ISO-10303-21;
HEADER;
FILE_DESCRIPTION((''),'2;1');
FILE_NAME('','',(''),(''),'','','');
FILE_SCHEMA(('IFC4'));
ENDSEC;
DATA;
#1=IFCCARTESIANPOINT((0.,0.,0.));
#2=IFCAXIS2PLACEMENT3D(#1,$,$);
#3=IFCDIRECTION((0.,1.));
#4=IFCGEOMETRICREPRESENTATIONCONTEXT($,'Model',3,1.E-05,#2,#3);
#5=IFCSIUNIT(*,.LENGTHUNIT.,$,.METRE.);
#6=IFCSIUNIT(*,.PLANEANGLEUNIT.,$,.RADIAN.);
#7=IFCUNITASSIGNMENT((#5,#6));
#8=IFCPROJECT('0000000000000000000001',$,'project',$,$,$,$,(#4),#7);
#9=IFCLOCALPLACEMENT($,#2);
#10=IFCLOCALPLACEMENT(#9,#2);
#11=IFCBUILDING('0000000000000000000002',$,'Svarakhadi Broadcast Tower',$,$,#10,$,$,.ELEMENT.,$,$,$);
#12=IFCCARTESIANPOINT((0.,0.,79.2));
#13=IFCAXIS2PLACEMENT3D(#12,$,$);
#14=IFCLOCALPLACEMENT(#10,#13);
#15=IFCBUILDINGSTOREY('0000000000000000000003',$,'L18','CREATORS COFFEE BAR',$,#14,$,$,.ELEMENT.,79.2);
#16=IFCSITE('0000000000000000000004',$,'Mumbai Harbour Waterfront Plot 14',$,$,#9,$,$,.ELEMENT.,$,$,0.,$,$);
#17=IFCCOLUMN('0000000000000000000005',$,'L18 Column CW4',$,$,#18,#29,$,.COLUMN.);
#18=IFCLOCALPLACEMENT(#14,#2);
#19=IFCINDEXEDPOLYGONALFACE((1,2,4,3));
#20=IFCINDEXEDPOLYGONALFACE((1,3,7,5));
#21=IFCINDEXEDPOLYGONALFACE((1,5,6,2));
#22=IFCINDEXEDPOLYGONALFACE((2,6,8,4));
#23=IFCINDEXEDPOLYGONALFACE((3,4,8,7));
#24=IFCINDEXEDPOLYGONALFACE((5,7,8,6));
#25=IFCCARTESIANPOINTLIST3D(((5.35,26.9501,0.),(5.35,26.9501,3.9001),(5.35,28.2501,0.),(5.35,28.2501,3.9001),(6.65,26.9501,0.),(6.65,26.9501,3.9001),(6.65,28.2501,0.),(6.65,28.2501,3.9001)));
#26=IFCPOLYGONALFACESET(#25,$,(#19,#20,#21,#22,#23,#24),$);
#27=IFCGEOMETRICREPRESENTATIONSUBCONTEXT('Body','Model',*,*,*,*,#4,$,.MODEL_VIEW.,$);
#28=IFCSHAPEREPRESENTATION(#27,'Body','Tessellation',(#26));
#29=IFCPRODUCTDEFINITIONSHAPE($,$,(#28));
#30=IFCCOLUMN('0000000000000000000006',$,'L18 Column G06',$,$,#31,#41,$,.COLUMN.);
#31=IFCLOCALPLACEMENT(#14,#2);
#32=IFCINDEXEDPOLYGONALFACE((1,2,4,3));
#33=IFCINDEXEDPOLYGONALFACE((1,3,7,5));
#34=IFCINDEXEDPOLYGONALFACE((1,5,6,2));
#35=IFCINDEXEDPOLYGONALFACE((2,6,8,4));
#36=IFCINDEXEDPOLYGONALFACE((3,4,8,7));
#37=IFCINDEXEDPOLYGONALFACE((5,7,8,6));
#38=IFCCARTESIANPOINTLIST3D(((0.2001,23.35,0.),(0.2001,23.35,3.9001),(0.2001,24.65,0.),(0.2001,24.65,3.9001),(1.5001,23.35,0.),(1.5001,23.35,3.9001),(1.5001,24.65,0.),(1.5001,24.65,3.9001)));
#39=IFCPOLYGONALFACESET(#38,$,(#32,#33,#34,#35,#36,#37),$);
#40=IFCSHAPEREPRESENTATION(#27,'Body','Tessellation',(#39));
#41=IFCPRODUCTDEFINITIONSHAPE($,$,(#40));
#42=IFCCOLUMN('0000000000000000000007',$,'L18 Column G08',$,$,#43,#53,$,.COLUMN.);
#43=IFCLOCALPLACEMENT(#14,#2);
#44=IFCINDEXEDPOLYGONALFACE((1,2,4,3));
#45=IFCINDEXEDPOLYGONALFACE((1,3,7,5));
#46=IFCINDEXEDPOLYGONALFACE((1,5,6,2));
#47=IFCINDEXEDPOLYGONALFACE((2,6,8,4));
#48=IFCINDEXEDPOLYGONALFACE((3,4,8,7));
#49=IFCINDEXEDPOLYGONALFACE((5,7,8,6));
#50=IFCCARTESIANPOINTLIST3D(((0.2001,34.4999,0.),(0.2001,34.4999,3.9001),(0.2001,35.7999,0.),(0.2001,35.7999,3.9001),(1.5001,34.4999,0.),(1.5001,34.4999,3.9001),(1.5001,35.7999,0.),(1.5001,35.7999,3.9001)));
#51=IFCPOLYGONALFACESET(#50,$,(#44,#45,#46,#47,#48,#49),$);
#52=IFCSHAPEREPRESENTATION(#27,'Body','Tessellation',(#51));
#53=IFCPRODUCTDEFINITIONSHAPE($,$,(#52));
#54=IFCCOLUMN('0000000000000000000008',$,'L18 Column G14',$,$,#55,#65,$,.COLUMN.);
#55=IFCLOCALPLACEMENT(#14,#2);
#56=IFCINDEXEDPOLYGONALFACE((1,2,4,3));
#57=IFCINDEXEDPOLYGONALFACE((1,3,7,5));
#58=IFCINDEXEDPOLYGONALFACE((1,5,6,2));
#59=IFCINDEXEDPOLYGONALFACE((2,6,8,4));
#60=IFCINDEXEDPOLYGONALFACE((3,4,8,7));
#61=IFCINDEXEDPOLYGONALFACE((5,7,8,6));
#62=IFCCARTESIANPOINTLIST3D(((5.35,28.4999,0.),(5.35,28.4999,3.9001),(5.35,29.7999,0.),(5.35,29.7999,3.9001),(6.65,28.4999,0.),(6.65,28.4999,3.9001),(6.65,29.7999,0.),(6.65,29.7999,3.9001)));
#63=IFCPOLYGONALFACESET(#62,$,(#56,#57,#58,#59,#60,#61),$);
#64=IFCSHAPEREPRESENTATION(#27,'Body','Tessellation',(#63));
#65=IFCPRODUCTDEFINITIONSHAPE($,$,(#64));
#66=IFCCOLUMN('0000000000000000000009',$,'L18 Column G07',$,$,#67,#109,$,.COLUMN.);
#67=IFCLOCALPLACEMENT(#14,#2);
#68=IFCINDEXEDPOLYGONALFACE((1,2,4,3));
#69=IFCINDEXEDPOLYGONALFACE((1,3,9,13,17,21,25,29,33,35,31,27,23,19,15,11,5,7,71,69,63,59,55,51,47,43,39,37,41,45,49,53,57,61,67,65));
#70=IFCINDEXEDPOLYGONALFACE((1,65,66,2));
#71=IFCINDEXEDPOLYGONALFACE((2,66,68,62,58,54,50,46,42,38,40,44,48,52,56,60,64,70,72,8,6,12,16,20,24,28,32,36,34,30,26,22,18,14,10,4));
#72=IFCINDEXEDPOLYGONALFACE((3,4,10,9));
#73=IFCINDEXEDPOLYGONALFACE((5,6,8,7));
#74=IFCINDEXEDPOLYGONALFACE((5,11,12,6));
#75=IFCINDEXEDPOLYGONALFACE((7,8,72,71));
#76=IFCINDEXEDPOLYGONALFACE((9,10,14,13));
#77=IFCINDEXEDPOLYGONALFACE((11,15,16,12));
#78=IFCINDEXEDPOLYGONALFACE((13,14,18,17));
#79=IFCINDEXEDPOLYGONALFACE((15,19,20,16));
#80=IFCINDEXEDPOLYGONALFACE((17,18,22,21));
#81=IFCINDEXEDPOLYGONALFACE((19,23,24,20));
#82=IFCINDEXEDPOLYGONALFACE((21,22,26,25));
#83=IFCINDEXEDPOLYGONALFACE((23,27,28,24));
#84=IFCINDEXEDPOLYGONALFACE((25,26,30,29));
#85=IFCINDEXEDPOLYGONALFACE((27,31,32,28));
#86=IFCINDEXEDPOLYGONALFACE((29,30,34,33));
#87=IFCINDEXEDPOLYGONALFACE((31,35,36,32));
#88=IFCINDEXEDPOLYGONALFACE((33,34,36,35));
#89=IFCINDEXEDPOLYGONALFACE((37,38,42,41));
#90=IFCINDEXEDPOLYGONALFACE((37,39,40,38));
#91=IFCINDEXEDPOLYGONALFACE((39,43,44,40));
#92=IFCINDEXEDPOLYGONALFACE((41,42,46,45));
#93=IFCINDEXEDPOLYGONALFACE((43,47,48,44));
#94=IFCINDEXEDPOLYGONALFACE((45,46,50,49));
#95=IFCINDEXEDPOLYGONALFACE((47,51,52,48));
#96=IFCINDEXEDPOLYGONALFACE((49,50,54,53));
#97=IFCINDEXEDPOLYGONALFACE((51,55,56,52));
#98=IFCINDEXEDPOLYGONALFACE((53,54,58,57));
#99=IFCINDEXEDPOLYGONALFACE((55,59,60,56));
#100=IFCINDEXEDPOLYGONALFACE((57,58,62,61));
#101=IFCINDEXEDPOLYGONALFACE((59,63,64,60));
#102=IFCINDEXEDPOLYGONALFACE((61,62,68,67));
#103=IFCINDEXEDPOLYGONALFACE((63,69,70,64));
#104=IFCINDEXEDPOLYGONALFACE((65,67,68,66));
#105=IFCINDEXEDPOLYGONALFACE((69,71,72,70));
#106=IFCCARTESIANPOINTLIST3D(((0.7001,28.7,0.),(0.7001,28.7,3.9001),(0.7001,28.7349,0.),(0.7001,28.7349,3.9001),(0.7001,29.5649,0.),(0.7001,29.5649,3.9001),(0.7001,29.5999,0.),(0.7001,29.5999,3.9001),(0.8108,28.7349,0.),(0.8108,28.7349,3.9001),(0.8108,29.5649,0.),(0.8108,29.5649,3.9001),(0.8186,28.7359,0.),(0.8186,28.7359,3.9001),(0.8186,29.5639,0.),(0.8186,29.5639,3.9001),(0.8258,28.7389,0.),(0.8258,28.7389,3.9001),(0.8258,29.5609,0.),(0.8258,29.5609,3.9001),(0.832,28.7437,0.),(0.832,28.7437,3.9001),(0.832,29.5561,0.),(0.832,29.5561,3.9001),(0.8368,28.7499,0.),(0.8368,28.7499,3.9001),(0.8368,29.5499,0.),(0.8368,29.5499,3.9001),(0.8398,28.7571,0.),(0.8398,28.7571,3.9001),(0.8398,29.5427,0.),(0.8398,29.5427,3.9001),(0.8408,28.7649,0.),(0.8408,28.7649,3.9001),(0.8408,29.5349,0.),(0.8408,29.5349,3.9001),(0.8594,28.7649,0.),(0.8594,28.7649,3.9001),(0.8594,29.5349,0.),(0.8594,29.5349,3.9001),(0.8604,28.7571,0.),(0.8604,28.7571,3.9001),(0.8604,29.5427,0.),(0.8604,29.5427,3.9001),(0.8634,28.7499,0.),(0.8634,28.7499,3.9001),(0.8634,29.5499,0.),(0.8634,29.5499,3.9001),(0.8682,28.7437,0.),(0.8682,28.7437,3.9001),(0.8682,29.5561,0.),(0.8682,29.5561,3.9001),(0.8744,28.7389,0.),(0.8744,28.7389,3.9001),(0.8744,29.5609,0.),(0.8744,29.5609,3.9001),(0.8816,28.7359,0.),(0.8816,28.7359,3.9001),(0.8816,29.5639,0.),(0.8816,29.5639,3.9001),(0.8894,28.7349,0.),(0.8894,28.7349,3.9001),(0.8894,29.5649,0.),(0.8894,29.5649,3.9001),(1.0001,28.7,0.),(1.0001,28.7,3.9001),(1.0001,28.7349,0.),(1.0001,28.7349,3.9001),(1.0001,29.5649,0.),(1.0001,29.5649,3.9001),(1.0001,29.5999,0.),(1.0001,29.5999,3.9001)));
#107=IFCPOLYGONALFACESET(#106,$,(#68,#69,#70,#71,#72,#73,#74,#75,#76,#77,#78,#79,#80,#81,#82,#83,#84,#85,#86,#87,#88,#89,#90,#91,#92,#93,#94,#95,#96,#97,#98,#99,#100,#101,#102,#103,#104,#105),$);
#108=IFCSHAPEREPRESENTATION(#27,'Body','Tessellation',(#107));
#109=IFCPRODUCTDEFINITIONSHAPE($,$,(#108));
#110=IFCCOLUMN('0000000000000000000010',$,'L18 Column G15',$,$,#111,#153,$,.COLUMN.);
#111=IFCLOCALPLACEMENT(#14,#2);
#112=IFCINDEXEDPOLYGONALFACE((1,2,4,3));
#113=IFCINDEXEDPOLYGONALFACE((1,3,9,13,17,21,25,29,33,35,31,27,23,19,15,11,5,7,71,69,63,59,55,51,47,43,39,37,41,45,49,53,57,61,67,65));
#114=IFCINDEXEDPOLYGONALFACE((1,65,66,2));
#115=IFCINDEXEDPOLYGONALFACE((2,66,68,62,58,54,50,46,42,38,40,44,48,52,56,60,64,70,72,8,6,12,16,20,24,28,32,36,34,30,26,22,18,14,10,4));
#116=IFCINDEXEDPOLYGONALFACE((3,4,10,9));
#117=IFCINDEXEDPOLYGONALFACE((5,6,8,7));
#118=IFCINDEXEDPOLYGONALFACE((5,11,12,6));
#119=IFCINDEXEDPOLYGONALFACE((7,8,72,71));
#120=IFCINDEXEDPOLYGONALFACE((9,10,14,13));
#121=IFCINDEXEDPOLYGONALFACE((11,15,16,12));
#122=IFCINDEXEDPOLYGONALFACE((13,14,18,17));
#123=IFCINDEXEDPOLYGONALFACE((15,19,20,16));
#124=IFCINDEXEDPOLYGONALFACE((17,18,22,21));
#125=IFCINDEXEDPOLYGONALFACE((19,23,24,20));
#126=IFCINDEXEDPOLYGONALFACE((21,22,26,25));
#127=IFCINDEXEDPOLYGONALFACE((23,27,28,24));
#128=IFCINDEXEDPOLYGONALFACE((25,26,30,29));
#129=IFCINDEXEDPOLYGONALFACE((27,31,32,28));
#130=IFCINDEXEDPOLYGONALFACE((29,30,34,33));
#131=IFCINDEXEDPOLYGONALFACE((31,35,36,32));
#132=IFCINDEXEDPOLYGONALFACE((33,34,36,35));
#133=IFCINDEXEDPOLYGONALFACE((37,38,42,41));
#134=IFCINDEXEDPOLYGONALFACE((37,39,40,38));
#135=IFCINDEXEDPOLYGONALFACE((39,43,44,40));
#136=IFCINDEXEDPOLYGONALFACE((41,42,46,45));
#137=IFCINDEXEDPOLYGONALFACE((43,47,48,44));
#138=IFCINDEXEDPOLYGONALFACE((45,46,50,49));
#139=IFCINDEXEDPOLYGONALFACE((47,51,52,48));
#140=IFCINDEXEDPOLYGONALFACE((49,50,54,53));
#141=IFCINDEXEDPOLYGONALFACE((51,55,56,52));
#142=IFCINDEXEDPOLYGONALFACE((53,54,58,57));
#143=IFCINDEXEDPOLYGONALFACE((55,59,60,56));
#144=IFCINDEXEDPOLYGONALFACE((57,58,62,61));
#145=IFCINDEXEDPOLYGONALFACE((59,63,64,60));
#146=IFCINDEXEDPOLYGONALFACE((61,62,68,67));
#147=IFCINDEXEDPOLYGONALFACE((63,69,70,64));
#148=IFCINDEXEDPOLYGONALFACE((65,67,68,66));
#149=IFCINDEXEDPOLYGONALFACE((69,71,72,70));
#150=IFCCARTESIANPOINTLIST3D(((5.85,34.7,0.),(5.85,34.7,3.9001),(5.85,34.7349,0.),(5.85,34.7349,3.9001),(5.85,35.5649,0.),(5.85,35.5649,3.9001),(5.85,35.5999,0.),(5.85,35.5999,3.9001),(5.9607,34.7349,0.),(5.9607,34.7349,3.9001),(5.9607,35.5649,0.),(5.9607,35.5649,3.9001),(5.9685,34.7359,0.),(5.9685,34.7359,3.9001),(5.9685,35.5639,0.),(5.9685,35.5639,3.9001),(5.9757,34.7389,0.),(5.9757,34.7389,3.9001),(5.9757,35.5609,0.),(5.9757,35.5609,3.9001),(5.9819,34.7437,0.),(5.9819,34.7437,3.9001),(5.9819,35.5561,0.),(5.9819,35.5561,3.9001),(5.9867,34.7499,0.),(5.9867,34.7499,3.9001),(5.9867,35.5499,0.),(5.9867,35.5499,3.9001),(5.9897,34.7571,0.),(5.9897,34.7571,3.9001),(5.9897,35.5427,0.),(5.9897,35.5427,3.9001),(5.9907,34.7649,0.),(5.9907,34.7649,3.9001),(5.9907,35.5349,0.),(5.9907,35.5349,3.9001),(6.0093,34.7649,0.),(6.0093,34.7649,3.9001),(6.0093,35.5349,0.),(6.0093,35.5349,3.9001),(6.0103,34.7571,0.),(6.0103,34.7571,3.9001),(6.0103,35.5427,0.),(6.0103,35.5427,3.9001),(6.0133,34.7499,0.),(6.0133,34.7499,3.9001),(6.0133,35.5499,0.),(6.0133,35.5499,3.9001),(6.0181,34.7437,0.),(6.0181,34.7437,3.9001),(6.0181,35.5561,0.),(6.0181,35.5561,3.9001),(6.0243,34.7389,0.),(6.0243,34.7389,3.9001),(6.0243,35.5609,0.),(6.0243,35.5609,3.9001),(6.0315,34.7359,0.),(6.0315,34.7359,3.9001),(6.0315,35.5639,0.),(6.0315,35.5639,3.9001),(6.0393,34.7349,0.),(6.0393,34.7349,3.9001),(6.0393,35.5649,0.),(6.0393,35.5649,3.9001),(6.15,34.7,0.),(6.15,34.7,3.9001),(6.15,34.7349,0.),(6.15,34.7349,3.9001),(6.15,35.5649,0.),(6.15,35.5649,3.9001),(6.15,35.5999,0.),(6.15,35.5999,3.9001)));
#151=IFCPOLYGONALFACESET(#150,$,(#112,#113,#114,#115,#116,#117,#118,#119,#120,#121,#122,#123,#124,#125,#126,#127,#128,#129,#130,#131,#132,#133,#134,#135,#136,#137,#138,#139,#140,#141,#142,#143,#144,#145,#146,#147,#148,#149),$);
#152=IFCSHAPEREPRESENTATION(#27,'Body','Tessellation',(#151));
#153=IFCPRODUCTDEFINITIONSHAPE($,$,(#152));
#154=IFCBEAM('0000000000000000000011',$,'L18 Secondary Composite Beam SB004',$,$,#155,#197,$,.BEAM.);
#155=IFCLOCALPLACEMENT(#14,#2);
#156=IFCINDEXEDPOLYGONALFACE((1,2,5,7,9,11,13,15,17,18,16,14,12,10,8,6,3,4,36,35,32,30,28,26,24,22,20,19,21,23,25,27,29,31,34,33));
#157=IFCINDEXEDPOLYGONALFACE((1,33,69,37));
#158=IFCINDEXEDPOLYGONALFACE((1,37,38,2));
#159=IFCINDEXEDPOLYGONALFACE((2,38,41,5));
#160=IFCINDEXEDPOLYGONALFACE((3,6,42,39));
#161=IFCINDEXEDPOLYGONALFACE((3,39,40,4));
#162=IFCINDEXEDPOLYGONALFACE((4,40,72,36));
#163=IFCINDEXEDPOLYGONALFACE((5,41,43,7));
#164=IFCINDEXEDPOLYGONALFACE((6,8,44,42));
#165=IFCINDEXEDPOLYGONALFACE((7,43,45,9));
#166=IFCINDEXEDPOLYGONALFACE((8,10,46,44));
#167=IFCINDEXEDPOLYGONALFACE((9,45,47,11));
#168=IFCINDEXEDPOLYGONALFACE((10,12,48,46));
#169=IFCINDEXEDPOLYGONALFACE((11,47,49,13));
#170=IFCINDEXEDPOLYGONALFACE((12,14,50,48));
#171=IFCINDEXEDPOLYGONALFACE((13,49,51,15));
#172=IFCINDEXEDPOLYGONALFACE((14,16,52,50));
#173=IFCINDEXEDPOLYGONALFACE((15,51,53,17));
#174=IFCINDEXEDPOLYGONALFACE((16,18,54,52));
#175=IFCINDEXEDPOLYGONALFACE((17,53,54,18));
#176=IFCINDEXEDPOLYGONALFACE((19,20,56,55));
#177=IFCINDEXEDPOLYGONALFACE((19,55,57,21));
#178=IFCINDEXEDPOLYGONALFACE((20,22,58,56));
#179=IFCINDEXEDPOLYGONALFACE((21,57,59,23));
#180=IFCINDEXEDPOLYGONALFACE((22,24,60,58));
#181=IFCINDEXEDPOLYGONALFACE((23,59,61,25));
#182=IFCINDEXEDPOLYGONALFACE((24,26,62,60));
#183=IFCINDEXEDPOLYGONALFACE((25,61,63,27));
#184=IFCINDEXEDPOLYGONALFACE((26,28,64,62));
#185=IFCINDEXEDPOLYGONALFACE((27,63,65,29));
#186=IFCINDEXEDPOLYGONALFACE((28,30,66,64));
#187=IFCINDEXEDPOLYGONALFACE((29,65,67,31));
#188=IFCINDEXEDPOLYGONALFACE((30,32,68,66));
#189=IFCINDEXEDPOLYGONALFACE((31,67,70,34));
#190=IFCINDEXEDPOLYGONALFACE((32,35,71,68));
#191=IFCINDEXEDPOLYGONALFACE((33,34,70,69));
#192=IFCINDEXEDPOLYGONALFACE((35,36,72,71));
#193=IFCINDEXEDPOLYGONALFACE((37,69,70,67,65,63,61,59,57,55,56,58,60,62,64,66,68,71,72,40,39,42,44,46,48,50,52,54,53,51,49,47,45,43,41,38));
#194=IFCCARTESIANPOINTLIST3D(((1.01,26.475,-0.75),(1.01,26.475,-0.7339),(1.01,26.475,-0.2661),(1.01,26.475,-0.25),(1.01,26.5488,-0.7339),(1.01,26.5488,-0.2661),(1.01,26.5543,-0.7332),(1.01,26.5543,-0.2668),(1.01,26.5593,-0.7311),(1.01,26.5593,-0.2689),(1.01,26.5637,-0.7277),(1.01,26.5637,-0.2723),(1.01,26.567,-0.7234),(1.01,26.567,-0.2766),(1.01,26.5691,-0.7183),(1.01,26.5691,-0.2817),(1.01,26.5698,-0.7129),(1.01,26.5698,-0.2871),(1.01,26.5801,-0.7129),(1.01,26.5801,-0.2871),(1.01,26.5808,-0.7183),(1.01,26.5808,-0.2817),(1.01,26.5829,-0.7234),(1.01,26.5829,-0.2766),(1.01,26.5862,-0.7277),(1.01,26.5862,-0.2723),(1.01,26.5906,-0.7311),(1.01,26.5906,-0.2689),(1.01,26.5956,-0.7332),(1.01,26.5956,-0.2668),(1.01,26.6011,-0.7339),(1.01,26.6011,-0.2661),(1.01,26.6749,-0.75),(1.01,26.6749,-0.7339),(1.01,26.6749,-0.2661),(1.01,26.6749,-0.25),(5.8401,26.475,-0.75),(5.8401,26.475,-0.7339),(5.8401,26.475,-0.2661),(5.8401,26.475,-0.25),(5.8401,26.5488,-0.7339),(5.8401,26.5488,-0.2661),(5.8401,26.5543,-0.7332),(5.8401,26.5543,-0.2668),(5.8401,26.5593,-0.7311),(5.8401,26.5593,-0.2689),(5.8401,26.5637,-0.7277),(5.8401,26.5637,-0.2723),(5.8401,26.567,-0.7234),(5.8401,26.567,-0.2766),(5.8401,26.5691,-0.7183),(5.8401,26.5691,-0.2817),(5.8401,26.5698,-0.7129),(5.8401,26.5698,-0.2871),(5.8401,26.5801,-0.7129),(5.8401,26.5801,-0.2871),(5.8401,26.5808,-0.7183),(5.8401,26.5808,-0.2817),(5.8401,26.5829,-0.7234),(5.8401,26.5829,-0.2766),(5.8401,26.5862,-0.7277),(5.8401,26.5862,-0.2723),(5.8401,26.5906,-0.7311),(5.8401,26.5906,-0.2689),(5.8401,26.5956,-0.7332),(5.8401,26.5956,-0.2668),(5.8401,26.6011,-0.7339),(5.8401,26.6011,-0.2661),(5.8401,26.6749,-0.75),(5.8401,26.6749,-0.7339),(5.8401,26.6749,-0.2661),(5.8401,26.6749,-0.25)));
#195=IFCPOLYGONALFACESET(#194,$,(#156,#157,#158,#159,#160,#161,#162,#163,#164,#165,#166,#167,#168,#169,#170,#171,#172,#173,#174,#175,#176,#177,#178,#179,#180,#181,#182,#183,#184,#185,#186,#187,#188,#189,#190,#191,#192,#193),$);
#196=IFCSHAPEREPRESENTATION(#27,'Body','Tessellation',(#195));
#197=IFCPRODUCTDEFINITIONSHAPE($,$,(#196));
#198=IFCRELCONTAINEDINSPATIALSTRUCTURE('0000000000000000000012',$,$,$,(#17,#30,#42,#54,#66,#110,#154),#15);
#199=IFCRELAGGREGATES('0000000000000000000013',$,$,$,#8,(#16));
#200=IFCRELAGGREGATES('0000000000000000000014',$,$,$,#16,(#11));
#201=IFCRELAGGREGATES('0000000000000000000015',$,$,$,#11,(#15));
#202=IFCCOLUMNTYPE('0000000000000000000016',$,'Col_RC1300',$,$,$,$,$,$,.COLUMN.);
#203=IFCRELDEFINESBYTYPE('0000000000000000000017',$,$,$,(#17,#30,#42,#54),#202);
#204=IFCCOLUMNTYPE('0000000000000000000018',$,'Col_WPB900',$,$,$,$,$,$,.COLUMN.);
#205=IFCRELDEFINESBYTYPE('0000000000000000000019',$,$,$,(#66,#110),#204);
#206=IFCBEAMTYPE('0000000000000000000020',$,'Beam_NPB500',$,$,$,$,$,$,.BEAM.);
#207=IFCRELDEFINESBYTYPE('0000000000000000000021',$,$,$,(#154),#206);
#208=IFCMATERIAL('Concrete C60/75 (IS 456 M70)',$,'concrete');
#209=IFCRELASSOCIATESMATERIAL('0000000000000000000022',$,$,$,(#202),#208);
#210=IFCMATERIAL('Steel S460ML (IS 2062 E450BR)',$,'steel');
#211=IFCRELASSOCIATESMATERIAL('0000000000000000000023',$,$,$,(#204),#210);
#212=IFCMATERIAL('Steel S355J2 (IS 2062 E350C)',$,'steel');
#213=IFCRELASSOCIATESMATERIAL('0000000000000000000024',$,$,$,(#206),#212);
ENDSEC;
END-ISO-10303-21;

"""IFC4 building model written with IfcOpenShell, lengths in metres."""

from ifc_helpers import new_model, si_unit, direction, frame, origin, origin_2d, place, context, subcontext, project, spatial, rectangle, i_section, extrude, material, material_profile, profile_set, type_object, element, save


model = new_model("IFC4")

# Units and contexts
model_context = context("Model", 3, precision=1e-05, world=origin(), true_north=direction((0.0, 1.0)))
body_context = subcontext(model_context, "Body", "Model", "MODEL_VIEW")
ifc_project = project(units=[si_unit("LENGTHUNIT", "METRE"), si_unit("PLANEANGLEUNIT", "RADIAN")], contexts=[model_context])

# Site, building, storey
site_placement = place(None, origin())
site = spatial("IfcSite", under=ifc_project, at=site_placement, Name="Mumbai Harbour Waterfront Plot 14", CompositionType="ELEMENT", RefElevation=0.0)
building_placement = place(site_placement, origin())
building = spatial("IfcBuilding", under=site, at=building_placement, Name="Svarakhadi Broadcast Tower", CompositionType="ELEMENT")
storey_placement = place(building_placement, frame((0.0, 0.0, 79.2)))
storey = spatial("IfcBuildingStorey", under=building, at=storey_placement, Name="L18", Description="CREATORS COFFEE BAR", CompositionType="ELEMENT", Elevation=79.2)

# Columns
ifc_material_1 = material(Name="Concrete C60/75 (IS 456 M70)", Category="concrete")
ifc_material_profile_1 = material_profile(ifc_material_1, rectangle(XDim=1.3, YDim=1.3, at=origin_2d()), Name="RC 1300x1300")
ifc_profile_set_1 = profile_set([ifc_material_profile_1], Name="Concrete C60/75 (IS 456 M70)")
column_type_1 = type_object("IfcColumnType", Name="Col_RC1300", PredefinedType="COLUMN", material=ifc_profile_set_1)
for number, where, z_axis, x_axis, name in (
    (1, (6.0, 27.6001, 0.0), (0.0, 0.0, 1.0), (1.0, 0.0, 0.0), "L18 Column CW4"),
    (2, (0.8501, 24.0, 0.0), (0.0, 0.0, 1.0), (1.0, 0.0, 0.0), "L18 Column G06"),
    (3, (0.8501, 35.1499, 0.0), (0.0, 0.0, 1.0), (1.0, 0.0, 0.0), "L18 Column G08"),
    (4, (6.0, 29.1499, 0.0), (0.0, 0.0, 1.0), (1.0, 0.0, 0.0), "L18 Column G14"),
):
    element("IfcColumn", number, at=place(storey_placement, frame(where, z_axis=z_axis, x_axis=x_axis)), inside=storey, type_object=column_type_1, Name=name, PredefinedType="COLUMN", context=body_context, shape_type="SweptSolid", body=[
        extrude(rectangle(XDim=1.3, YDim=1.3, at=origin_2d()), origin(), (0.0, 0.0, 1.0), 3.9001),
    ])
ifc_material_2 = material(Name="Steel S460ML (IS 2062 E450BR)", Category="steel")
ifc_material_profile_2 = material_profile(ifc_material_2, i_section(OverallWidth=0.3, OverallDepth=0.8999, WebThickness=0.0186, FlangeThickness=0.0349, FilletRadius=0.03, at=origin_2d()), Name="WPB 900x300x291")
ifc_profile_set_2 = profile_set([ifc_material_profile_2], Name="Steel S460ML (IS 2062 E450BR)")
column_type_2 = type_object("IfcColumnType", Name="Col_WPB900", PredefinedType="COLUMN", material=ifc_profile_set_2)
for number, where, z_axis, x_axis, name in (
    (5, (0.8501, 29.1499, 0.0), (0.0, 0.0, 1.0), (1.0, 0.0, 0.0), "L18 Column G07"),
    (6, (6.0, 35.1499, 0.0), (0.0, 0.0, 1.0), (1.0, 0.0, 0.0), "L18 Column G15"),
):
    element("IfcColumn", number, at=place(storey_placement, frame(where, z_axis=z_axis, x_axis=x_axis)), inside=storey, type_object=column_type_2, Name=name, PredefinedType="COLUMN", context=body_context, shape_type="SweptSolid", body=[
        extrude(i_section(OverallWidth=0.3, OverallDepth=0.8999, WebThickness=0.0186, FlangeThickness=0.0349, FilletRadius=0.03, at=origin_2d()), origin(), (0.0, 0.0, 1.0), 3.9001),
    ])

# Beam
ifc_material_3 = material(Name="Steel S355J2 (IS 2062 E350C)", Category="steel")
ifc_material_profile_3 = material_profile(ifc_material_3, i_section(OverallWidth=0.2, OverallDepth=0.5, WebThickness=0.0103, FlangeThickness=0.0161, FilletRadius=0.021, at=origin_2d()), Name="NPB 500x200x91")
ifc_profile_set_3 = profile_set([ifc_material_profile_3], Name="Steel S355J2 (IS 2062 E350C)")
beam_type_1 = type_object("IfcBeamType", Name="Beam_NPB500", PredefinedType="BEAM", material=ifc_profile_set_3)
for number, where, z_axis, x_axis, name in (
    (7, (1.01, 26.575, -0.5), (1.0, 0.0, 0.0), (0.0, 1.0, 0.0), "L18 Secondary Composite Beam SB004"),
):
    element("IfcBeam", number, at=place(storey_placement, frame(where, z_axis=z_axis, x_axis=x_axis)), inside=storey, type_object=beam_type_1, Name=name, PredefinedType="BEAM", context=body_context, shape_type="SweptSolid", body=[
        extrude(i_section(OverallWidth=0.2, OverallDepth=0.5, WebThickness=0.0103, FlangeThickness=0.0161, FilletRadius=0.021, at=origin_2d()), origin(), (0.0, 0.0, 1.0), 4.8301),
    ])

save(model, "model.ifc")
